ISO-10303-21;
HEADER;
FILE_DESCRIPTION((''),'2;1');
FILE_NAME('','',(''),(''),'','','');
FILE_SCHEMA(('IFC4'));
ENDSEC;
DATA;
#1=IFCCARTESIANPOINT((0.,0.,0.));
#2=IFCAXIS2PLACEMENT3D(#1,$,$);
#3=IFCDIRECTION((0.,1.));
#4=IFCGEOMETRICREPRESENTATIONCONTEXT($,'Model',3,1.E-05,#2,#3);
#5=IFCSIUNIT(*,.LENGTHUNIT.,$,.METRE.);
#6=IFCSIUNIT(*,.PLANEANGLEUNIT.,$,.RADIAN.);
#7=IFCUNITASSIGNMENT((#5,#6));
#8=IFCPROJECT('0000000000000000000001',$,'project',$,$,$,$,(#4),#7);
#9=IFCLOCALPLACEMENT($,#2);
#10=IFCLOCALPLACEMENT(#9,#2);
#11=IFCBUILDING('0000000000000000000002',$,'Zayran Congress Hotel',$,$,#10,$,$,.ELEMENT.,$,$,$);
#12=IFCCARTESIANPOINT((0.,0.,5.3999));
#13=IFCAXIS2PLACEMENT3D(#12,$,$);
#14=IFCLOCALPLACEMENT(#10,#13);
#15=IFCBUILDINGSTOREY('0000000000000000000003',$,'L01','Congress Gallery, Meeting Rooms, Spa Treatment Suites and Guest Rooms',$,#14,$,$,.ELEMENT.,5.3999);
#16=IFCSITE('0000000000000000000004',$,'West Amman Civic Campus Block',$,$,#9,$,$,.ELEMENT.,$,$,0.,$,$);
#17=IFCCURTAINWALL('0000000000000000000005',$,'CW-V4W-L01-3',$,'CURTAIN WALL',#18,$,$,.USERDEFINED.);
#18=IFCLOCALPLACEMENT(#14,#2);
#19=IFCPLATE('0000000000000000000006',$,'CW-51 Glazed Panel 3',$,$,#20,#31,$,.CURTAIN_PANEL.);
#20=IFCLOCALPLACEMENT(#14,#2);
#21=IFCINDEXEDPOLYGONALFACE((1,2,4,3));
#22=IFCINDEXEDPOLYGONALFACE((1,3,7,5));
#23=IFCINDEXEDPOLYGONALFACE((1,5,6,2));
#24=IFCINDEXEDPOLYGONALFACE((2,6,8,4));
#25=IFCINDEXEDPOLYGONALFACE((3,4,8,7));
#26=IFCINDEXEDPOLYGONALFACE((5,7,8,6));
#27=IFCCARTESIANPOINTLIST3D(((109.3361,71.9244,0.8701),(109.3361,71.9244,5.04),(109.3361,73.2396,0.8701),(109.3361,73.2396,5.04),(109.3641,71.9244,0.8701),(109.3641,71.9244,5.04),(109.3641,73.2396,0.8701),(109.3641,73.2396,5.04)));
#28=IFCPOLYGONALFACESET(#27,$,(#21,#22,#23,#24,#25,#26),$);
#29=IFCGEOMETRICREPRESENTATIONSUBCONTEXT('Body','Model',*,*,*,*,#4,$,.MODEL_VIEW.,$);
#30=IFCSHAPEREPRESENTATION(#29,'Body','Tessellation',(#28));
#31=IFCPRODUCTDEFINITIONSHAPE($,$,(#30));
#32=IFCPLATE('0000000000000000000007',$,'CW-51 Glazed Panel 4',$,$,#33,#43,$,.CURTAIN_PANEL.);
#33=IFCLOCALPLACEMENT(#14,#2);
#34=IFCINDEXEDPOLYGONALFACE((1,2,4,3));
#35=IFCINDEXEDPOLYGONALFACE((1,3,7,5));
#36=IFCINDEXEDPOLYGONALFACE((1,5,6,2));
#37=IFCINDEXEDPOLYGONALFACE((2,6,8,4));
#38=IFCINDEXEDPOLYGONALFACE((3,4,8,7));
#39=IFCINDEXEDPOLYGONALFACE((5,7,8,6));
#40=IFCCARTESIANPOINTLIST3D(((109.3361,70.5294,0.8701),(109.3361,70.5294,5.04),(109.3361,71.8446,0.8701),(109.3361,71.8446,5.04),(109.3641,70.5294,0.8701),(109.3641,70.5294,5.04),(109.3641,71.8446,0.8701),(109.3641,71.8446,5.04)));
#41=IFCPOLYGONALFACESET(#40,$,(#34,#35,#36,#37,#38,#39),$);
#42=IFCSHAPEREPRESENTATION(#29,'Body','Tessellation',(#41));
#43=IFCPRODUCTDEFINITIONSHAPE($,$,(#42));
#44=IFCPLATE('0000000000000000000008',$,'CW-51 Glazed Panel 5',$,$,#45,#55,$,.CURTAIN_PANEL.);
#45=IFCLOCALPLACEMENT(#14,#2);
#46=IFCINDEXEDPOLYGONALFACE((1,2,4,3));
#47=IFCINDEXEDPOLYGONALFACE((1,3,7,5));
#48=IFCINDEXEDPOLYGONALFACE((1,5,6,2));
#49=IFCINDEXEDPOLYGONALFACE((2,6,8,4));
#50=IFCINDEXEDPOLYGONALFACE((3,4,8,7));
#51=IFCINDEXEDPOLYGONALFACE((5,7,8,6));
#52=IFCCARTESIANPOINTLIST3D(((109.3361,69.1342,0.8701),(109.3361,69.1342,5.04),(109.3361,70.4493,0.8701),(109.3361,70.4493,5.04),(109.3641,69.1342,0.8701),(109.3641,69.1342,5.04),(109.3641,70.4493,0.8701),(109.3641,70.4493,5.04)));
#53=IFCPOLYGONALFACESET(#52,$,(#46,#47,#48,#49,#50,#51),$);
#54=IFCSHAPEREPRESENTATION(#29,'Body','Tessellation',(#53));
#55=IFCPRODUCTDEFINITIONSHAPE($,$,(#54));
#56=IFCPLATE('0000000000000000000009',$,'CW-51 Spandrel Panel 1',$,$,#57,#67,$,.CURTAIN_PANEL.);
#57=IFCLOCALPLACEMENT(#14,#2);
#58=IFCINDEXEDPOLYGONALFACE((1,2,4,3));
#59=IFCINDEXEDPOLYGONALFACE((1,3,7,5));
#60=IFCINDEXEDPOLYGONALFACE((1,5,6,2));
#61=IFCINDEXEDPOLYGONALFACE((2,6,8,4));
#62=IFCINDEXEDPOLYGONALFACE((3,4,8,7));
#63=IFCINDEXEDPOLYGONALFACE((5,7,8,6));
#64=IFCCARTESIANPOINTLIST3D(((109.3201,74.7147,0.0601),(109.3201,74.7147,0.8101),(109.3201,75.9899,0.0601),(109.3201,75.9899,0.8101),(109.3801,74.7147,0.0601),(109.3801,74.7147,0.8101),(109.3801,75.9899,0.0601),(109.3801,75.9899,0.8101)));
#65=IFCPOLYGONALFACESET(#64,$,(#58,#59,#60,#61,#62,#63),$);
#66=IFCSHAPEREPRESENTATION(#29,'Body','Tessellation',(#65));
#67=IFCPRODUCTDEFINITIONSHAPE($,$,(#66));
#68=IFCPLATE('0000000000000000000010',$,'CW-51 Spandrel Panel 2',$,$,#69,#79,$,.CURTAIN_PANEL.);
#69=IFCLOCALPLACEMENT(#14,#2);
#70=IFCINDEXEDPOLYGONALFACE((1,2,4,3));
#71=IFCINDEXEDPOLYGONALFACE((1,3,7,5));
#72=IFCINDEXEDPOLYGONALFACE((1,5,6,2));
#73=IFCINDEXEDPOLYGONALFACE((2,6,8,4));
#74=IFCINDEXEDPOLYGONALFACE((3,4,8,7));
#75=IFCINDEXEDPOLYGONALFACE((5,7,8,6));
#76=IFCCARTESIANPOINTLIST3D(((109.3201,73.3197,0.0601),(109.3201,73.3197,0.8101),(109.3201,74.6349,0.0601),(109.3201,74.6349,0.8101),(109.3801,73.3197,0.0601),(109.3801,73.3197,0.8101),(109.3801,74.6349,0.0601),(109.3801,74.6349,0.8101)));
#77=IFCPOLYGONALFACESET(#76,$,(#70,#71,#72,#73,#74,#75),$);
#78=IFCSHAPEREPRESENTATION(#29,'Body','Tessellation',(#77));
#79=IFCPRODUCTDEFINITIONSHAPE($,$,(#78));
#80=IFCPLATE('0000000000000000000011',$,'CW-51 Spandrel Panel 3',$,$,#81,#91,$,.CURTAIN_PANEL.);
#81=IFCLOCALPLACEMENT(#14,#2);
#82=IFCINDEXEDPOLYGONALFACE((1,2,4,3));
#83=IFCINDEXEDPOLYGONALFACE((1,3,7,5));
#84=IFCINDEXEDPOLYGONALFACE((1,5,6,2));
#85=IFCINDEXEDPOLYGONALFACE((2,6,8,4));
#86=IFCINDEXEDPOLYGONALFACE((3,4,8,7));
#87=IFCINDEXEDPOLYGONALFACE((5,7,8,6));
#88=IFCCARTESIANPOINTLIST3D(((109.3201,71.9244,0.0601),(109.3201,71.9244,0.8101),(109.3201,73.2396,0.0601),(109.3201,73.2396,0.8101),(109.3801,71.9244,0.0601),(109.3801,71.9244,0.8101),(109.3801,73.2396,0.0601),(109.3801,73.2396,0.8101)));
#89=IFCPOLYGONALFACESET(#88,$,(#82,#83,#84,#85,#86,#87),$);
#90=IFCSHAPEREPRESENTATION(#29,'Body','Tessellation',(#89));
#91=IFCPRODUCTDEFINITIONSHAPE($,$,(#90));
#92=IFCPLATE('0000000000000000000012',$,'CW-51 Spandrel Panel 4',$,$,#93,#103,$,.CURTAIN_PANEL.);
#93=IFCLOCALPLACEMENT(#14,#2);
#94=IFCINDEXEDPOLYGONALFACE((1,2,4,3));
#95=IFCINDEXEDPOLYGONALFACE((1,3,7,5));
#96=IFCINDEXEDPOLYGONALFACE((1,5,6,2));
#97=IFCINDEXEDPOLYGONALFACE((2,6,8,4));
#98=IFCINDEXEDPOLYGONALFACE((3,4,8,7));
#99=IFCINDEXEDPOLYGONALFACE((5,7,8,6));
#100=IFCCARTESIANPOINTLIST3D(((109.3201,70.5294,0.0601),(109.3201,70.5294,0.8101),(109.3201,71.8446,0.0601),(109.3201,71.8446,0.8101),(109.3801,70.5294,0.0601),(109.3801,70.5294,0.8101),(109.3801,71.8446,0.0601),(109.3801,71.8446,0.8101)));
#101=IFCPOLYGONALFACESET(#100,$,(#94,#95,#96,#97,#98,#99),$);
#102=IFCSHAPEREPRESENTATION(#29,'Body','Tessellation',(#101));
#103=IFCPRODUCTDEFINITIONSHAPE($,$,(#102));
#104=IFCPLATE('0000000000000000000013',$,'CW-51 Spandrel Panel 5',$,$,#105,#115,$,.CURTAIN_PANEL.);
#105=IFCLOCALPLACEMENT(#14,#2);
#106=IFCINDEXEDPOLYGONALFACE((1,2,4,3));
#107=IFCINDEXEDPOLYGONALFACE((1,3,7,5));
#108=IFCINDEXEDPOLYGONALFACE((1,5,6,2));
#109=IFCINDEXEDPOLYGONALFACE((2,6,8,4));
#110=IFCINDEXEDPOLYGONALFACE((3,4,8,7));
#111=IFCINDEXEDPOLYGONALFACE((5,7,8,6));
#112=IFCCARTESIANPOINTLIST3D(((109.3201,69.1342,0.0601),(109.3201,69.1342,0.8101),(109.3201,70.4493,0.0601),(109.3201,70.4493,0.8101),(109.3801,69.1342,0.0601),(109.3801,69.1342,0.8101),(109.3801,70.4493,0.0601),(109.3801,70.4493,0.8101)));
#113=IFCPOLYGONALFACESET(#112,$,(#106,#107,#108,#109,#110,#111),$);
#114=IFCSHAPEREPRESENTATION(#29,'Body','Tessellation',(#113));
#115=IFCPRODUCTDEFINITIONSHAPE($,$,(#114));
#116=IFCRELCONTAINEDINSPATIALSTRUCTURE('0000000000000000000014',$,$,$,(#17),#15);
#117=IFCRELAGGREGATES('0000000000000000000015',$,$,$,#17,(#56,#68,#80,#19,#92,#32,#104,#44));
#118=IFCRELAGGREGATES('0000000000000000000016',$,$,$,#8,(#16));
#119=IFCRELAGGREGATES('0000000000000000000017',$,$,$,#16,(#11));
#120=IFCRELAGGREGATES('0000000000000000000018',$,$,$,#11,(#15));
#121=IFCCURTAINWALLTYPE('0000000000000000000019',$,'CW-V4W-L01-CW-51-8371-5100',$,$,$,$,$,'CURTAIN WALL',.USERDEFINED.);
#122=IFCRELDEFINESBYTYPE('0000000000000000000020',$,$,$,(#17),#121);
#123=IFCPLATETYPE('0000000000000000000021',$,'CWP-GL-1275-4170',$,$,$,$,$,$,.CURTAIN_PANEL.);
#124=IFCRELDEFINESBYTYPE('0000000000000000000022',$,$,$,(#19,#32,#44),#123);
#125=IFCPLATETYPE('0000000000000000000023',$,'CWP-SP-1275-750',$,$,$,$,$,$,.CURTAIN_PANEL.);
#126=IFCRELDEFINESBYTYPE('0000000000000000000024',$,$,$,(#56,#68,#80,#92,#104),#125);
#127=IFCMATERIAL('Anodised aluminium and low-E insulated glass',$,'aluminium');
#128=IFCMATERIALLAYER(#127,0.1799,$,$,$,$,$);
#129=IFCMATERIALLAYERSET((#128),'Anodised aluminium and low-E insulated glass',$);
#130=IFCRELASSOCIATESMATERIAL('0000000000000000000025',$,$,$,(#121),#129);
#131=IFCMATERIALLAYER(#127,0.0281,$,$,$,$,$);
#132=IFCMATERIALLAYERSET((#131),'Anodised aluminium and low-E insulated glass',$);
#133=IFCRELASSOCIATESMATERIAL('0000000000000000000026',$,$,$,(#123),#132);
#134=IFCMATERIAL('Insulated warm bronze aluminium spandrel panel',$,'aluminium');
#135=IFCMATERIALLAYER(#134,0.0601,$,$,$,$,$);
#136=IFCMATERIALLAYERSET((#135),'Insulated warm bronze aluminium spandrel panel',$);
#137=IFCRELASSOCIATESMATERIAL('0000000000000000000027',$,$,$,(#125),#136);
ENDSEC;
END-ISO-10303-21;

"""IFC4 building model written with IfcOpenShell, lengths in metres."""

from ifc_helpers import new_model, si_unit, direction, frame, origin, origin_2d, place, context, subcontext, project, spatial, rectangle, extrude, material, layer, layer_set, type_object, element, aggregate, save


model = new_model("IFC4")

# Units and contexts
model_context = context("Model", 3, precision=1e-05, world=origin(), true_north=direction((0.0, 1.0)))
body_context = subcontext(model_context, "Body", "Model", "MODEL_VIEW")
ifc_project = project(units=[si_unit("LENGTHUNIT", "METRE"), si_unit("PLANEANGLEUNIT", "RADIAN")], contexts=[model_context])

# Site, building, storey
site_placement = place(None, origin())
site = spatial("IfcSite", under=ifc_project, at=site_placement, Name="West Amman Civic Campus Block", CompositionType="ELEMENT", RefElevation=0.0)
building_placement = place(site_placement, origin())
building = spatial("IfcBuilding", under=site, at=building_placement, Name="Zayran Congress Hotel", CompositionType="ELEMENT")
storey_placement = place(building_placement, frame((0.0, 0.0, 5.3999)))
storey = spatial("IfcBuildingStorey", under=building, at=storey_placement, Name="L01", Description="Congress Gallery, Meeting Rooms, Spa Treatment Suites and Guest Rooms", CompositionType="ELEMENT", Elevation=5.3999)

# Curtain wall, plates
ifc_material_1 = material(Name="Anodised aluminium and low-E insulated glass", Category="aluminium")
ifc_layer_1 = layer(ifc_material_1, 0.1799)
ifc_layer_set_1 = layer_set([ifc_layer_1], Name="Anodised aluminium and low-E insulated glass")
curtain_wall_type = type_object("IfcCurtainWallType", Name="CW-V4W-L01-CW-51-8371-5100", ElementType="CURTAIN WALL", PredefinedType="USERDEFINED", material=ifc_layer_set_1)
curtain_wall_placement = place(storey_placement, origin())
curtain_wall = element("IfcCurtainWall", 1, at=curtain_wall_placement, inside=storey, type_object=curtain_wall_type, Name="CW-V4W-L01-3", ObjectType="CURTAIN WALL", PredefinedType="USERDEFINED")
ifc_layer_2 = layer(ifc_material_1, 0.0281)
ifc_layer_set_2 = layer_set([ifc_layer_2], Name="Anodised aluminium and low-E insulated glass")
plate_type_1 = type_object("IfcPlateType", Name="CWP-GL-1275-4170", PredefinedType="CURTAIN_PANEL", material=ifc_layer_set_2)
plate_1_placement = place(storey_placement, frame((109.3501, 72.582, 0.8701), z_axis=(0.0, 0.0, 1.0), x_axis=(0.0, 1.0, 0.0)))
plate_1 = element("IfcPlate", 2, at=plate_1_placement, type_object=plate_type_1, Name="CW-51 Glazed Panel 3", PredefinedType="CURTAIN_PANEL", context=body_context, shape_type="SweptSolid", body=[
    extrude(rectangle(XDim=1.3152, YDim=0.0281, at=origin_2d()), origin(), (0.0, 0.0, 1.0), 4.1699),
])
plate_2_placement = place(storey_placement, frame((109.3501, 71.187, 0.8701), z_axis=(0.0, 0.0, 1.0), x_axis=(0.0, 1.0, 0.0)))
plate_2 = element("IfcPlate", 3, at=plate_2_placement, type_object=plate_type_1, Name="CW-51 Glazed Panel 4", PredefinedType="CURTAIN_PANEL", context=body_context, shape_type="SweptSolid", body=[
    extrude(rectangle(XDim=1.3152, YDim=0.0281, at=origin_2d()), origin(), (0.0, 0.0, 1.0), 4.1699),
])
plate_3_placement = place(storey_placement, frame((109.3501, 69.7917, 0.8701), z_axis=(0.0, 0.0, 1.0), x_axis=(0.0, 1.0, 0.0)))
plate_3 = element("IfcPlate", 4, at=plate_3_placement, type_object=plate_type_1, Name="CW-51 Glazed Panel 5", PredefinedType="CURTAIN_PANEL", context=body_context, shape_type="SweptSolid", body=[
    extrude(rectangle(XDim=1.3152, YDim=0.0281, at=origin_2d()), origin(), (0.0, 0.0, 1.0), 4.1699),
])
ifc_material_2 = material(Name="Insulated warm bronze aluminium spandrel panel", Category="aluminium")
ifc_layer_3 = layer(ifc_material_2, 0.0601)
ifc_layer_set_3 = layer_set([ifc_layer_3], Name="Insulated warm bronze aluminium spandrel panel")
plate_type_2 = type_object("IfcPlateType", Name="CWP-SP-1275-750", PredefinedType="CURTAIN_PANEL", material=ifc_layer_set_3)
plate_4_placement = place(storey_placement, frame((109.3501, 75.3523, 0.0601), z_axis=(0.0, 0.0, 1.0), x_axis=(0.0, 1.0, 0.0)))
plate_4 = element("IfcPlate", 5, at=plate_4_placement, type_object=plate_type_2, Name="CW-51 Spandrel Panel 1", PredefinedType="CURTAIN_PANEL", context=body_context, shape_type="SweptSolid", body=[
    extrude(rectangle(XDim=1.2751, YDim=0.0601, at=origin_2d()), origin(), (0.0, 0.0, 1.0), 0.75),
])
plate_5_placement = place(storey_placement, frame((109.3501, 73.9773, 0.0601), z_axis=(0.0, 0.0, 1.0), x_axis=(0.0, 1.0, 0.0)))
plate_5 = element("IfcPlate", 6, at=plate_5_placement, type_object=plate_type_2, Name="CW-51 Spandrel Panel 2", PredefinedType="CURTAIN_PANEL", context=body_context, shape_type="SweptSolid", body=[
    extrude(rectangle(XDim=1.3152, YDim=0.0601, at=origin_2d()), origin(), (0.0, 0.0, 1.0), 0.75),
])
plate_6_placement = place(storey_placement, frame((109.3501, 72.582, 0.0601), z_axis=(0.0, 0.0, 1.0), x_axis=(0.0, 1.0, 0.0)))
plate_6 = element("IfcPlate", 7, at=plate_6_placement, type_object=plate_type_2, Name="CW-51 Spandrel Panel 3", PredefinedType="CURTAIN_PANEL", context=body_context, shape_type="SweptSolid", body=[
    extrude(rectangle(XDim=1.3152, YDim=0.0601, at=origin_2d()), origin(), (0.0, 0.0, 1.0), 0.75),
])
plate_7_placement = place(storey_placement, frame((109.3501, 71.187, 0.0601), z_axis=(0.0, 0.0, 1.0), x_axis=(0.0, 1.0, 0.0)))
plate_7 = element("IfcPlate", 8, at=plate_7_placement, type_object=plate_type_2, Name="CW-51 Spandrel Panel 4", PredefinedType="CURTAIN_PANEL", context=body_context, shape_type="SweptSolid", body=[
    extrude(rectangle(XDim=1.3152, YDim=0.0601, at=origin_2d()), origin(), (0.0, 0.0, 1.0), 0.75),
])
plate_8_placement = place(storey_placement, frame((109.3501, 69.7917, 0.0601), z_axis=(0.0, 0.0, 1.0), x_axis=(0.0, 1.0, 0.0)))
plate_8 = element("IfcPlate", 9, at=plate_8_placement, type_object=plate_type_2, Name="CW-51 Spandrel Panel 5", PredefinedType="CURTAIN_PANEL", context=body_context, shape_type="SweptSolid", body=[
    extrude(rectangle(XDim=1.3152, YDim=0.0601, at=origin_2d()), origin(), (0.0, 0.0, 1.0), 0.75),
])
aggregate(curtain_wall, [plate_4, plate_5, plate_6, plate_1, plate_7, plate_2, plate_8, plate_3])

save(model, "model.ifc")
